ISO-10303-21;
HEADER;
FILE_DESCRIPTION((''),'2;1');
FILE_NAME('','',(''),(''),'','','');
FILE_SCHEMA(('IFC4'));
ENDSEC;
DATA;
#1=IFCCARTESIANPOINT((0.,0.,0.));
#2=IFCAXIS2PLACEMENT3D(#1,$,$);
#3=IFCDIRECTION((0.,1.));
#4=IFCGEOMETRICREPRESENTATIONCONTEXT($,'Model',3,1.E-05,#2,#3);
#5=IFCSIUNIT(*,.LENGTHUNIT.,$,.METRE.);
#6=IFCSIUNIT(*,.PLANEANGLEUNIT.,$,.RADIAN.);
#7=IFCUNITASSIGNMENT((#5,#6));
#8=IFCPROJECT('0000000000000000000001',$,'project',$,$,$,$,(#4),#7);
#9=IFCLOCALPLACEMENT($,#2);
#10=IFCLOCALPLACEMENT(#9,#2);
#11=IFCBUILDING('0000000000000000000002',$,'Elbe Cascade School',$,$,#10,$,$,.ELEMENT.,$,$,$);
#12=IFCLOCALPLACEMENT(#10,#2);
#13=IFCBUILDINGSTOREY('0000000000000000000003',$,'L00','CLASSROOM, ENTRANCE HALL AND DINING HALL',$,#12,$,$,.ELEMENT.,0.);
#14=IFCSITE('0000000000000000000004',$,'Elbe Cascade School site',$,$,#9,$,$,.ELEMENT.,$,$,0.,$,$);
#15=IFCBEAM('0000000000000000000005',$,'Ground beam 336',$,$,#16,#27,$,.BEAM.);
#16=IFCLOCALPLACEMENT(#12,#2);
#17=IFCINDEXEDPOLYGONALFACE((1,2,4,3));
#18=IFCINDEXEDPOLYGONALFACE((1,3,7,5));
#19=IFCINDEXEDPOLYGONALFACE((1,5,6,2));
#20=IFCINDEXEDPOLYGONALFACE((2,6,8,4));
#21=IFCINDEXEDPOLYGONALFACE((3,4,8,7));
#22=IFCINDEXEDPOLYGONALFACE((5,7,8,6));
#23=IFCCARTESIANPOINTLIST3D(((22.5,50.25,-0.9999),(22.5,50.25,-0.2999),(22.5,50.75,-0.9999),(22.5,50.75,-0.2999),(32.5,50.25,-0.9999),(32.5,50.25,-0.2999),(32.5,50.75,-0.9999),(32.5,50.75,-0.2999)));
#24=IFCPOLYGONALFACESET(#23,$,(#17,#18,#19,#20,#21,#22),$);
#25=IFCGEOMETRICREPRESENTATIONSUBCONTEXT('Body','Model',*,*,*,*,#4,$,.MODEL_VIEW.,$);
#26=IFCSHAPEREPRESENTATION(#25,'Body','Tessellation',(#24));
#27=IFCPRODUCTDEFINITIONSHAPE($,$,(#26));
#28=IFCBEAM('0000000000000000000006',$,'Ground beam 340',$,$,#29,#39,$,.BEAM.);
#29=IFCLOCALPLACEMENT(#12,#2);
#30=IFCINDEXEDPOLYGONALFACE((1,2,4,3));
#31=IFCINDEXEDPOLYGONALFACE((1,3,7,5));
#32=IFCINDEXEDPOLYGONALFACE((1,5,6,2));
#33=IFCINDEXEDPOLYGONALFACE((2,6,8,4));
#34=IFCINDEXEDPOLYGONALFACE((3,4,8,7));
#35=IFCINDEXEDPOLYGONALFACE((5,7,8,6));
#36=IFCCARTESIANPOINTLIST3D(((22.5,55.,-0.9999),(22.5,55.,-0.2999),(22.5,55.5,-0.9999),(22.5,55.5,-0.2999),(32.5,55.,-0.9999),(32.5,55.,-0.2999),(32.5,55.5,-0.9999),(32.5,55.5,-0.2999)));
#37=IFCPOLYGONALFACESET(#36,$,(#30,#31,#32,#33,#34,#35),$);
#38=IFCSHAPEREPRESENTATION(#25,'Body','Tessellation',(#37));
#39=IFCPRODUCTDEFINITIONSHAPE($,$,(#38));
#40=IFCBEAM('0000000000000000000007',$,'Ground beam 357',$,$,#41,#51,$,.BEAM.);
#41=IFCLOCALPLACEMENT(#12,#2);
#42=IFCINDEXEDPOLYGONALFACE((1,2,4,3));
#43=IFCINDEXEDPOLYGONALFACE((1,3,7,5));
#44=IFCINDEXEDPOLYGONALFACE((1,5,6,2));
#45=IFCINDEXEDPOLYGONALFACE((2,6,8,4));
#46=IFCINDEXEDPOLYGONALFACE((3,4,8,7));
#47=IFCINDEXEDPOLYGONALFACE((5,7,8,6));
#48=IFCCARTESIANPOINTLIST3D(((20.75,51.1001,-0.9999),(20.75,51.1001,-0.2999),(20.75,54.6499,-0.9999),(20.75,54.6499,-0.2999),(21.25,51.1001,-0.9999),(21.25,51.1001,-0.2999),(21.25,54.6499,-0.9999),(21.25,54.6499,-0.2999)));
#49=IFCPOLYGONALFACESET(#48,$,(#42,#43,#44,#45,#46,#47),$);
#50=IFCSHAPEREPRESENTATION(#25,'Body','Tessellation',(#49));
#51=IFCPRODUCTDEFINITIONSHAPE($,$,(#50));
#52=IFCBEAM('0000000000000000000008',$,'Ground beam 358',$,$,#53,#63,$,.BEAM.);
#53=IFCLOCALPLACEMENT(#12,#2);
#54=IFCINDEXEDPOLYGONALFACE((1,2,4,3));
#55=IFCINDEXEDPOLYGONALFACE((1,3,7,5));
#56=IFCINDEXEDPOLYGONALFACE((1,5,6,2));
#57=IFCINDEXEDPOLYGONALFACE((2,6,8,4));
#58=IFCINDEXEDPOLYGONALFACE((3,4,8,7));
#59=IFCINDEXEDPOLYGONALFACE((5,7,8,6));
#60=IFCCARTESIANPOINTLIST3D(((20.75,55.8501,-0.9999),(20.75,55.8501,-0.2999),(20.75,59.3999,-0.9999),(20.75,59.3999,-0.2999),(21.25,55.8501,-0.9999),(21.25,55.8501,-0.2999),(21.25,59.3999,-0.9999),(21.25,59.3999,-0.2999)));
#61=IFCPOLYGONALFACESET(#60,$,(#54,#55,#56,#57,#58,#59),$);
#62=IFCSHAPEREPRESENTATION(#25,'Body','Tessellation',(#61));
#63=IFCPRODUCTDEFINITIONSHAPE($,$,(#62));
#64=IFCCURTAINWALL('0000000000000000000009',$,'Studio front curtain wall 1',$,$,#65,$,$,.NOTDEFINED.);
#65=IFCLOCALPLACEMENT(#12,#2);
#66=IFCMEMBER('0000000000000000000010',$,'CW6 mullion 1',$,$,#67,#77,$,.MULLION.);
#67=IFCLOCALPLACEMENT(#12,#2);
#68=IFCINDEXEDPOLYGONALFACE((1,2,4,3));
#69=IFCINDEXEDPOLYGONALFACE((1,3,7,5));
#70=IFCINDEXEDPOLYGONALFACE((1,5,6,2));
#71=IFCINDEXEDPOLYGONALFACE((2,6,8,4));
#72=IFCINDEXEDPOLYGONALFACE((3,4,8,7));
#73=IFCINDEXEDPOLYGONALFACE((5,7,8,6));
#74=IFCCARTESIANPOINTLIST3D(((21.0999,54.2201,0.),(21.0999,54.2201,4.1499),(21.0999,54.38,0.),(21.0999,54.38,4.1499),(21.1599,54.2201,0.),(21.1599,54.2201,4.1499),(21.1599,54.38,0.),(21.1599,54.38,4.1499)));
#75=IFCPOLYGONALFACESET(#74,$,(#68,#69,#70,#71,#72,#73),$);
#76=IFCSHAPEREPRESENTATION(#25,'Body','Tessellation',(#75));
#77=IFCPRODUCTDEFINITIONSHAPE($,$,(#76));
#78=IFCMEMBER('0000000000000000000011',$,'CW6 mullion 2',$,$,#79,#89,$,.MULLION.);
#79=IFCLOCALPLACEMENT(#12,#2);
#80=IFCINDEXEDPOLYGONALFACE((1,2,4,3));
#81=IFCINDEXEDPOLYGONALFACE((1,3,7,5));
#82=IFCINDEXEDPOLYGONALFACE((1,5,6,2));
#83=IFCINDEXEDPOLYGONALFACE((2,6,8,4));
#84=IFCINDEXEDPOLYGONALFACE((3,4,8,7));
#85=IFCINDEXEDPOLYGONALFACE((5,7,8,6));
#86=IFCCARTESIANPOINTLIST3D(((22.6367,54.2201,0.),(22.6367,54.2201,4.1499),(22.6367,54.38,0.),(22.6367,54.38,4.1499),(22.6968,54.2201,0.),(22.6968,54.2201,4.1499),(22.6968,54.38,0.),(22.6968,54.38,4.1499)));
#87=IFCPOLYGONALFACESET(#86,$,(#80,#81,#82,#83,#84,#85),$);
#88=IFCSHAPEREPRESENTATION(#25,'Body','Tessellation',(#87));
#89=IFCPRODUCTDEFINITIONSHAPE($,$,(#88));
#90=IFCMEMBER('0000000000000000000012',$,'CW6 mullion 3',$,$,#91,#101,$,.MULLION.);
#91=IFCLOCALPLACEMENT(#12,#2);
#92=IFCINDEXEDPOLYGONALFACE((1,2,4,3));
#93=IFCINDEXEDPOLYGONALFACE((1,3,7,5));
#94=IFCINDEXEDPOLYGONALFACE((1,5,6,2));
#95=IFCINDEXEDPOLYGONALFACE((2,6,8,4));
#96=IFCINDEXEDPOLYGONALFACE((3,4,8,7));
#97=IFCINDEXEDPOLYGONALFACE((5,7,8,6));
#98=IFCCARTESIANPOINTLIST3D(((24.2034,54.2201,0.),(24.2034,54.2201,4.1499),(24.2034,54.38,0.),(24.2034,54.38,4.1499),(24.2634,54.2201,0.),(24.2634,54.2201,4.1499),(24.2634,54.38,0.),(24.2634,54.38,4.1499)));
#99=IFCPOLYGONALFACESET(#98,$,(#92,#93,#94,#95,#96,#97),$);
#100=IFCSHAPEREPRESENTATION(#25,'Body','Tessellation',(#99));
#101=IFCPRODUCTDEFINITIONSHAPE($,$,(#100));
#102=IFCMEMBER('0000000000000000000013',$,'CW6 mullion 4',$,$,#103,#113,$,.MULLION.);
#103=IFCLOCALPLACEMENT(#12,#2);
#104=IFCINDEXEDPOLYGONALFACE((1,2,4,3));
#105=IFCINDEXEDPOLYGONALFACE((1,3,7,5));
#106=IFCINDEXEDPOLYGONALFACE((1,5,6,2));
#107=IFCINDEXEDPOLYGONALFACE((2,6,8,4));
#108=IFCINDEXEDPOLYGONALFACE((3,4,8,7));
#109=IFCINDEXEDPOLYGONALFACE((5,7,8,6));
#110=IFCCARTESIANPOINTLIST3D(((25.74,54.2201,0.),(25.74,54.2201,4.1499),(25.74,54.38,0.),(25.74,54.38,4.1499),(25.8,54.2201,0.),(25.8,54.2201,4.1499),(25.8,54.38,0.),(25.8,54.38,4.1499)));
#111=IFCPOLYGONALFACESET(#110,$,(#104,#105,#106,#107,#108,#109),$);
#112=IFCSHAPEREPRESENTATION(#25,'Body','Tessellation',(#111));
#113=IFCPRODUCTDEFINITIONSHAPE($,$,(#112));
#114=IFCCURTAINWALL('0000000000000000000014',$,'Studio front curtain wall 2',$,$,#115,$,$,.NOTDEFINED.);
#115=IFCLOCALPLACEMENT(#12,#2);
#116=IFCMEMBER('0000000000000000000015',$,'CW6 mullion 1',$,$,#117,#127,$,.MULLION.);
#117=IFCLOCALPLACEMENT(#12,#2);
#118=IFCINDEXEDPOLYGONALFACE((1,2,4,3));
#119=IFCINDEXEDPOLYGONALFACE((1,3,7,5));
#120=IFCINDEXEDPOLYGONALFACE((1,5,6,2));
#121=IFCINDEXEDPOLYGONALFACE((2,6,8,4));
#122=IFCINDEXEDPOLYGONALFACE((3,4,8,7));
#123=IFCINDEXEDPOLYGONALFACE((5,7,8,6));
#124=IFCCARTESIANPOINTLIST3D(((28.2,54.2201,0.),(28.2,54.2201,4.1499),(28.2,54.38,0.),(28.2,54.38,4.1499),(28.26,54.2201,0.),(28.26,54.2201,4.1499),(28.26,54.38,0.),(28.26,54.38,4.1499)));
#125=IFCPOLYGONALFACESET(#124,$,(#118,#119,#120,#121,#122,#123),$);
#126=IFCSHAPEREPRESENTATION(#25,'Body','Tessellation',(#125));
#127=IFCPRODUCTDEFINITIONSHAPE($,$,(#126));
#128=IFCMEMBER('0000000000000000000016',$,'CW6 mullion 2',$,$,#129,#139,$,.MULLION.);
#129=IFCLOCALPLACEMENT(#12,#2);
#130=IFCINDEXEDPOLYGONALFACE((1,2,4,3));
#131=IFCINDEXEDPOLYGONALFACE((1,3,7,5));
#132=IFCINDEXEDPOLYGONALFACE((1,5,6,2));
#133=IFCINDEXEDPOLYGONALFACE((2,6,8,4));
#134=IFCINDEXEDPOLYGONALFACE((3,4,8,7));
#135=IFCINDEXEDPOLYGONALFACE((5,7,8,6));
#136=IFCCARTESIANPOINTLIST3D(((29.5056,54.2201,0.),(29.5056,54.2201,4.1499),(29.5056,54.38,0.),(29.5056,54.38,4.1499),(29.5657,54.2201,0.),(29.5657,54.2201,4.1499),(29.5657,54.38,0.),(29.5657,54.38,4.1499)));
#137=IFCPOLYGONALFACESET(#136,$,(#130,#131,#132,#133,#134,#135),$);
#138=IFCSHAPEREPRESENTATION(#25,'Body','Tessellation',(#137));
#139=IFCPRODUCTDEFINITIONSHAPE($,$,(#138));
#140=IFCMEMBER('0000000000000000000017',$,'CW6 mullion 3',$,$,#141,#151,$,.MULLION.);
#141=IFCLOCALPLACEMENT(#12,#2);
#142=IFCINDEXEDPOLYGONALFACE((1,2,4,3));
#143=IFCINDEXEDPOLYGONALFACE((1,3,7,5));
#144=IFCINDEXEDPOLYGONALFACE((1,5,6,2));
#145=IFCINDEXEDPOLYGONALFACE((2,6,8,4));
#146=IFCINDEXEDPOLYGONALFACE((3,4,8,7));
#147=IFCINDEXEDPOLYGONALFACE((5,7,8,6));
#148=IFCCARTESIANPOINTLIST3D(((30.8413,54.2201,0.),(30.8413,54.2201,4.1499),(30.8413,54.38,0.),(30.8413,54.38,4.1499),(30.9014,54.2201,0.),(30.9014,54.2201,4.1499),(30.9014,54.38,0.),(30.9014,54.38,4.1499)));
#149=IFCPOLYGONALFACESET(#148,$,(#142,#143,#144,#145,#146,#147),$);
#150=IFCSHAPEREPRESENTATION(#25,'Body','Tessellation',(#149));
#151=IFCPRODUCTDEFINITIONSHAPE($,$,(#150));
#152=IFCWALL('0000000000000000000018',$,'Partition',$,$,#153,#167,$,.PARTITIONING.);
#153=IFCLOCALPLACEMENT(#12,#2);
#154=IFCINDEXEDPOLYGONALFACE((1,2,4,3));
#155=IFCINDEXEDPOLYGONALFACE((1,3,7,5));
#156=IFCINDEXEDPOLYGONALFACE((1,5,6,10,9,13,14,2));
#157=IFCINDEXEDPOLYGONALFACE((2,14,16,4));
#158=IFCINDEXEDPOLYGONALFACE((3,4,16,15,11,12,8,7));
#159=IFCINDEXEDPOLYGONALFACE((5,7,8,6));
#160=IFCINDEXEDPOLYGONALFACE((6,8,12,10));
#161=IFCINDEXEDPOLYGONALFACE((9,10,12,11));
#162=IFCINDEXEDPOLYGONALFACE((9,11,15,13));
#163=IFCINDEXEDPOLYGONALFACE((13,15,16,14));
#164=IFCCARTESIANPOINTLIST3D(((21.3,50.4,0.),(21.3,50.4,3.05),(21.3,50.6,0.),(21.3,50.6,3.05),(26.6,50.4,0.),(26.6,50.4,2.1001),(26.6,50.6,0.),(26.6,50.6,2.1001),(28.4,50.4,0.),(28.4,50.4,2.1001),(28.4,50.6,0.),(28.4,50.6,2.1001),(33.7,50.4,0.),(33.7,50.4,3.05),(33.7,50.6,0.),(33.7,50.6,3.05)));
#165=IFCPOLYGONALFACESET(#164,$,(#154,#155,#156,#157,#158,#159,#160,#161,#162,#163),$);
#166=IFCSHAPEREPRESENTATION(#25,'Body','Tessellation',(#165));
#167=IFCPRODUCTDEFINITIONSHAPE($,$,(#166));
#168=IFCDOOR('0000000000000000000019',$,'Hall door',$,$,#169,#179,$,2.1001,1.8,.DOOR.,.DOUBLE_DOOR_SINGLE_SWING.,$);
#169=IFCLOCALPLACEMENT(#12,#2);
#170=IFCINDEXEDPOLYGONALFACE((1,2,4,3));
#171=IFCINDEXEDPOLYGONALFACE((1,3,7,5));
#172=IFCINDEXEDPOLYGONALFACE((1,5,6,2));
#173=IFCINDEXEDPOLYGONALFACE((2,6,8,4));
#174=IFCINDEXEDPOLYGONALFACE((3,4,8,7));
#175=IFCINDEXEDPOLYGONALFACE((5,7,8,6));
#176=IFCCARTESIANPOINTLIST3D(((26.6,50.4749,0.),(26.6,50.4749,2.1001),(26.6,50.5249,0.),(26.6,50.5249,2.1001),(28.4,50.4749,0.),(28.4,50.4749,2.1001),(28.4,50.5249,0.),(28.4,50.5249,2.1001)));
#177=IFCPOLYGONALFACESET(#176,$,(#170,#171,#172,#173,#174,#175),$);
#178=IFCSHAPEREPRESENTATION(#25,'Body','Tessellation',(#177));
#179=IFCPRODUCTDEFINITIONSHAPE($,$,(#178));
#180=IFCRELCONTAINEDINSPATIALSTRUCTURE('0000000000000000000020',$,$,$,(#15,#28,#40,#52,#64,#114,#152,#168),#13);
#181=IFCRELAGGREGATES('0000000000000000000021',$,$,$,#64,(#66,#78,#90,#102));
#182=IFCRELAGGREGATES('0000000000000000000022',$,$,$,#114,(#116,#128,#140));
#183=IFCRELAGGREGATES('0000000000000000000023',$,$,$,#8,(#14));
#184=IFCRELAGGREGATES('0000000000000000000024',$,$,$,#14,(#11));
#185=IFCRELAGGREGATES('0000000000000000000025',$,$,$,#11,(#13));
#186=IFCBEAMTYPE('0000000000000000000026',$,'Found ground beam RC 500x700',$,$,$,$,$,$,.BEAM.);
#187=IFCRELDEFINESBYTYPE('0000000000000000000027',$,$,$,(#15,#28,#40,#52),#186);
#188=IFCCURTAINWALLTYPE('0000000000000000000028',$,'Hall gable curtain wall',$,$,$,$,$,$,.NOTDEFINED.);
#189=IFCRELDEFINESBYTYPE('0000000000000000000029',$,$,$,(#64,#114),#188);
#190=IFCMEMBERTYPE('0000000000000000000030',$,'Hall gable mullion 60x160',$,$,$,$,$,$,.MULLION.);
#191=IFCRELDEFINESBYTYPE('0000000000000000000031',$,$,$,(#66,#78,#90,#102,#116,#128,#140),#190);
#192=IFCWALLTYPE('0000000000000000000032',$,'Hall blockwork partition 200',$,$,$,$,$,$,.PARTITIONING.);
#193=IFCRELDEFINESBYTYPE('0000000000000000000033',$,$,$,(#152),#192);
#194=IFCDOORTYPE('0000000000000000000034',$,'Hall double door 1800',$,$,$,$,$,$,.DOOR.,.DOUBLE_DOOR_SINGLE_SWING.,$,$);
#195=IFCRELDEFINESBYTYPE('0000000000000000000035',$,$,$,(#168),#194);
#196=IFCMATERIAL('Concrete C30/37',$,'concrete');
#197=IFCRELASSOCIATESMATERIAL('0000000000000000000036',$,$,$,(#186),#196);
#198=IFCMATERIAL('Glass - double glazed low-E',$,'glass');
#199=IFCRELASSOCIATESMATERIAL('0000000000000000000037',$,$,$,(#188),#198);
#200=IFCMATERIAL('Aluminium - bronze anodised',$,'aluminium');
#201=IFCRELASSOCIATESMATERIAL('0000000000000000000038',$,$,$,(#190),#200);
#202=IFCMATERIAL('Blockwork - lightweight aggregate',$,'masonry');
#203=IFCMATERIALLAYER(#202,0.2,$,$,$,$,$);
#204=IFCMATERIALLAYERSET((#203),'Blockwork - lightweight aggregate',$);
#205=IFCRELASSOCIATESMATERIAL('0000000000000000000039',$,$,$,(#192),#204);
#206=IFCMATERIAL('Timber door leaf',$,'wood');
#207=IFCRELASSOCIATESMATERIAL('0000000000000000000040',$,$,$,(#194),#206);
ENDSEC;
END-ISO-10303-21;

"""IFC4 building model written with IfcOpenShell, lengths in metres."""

from ifc_helpers import new_model, si_unit, direction, frame, frame_2d, origin, origin_2d, place, context, subcontext, project, spatial, rectangle, extrude, material, layer, layer_set, material_profile, profile_set, type_object, element, fill, aggregate, save


model = new_model("IFC4")

# Units and contexts
model_context = context("Model", 3, precision=1e-05, world=origin(), true_north=direction((0.0, 1.0)))
body_context = subcontext(model_context, "Body", "Model", "MODEL_VIEW")
ifc_project = project(units=[si_unit("LENGTHUNIT", "METRE"), si_unit("PLANEANGLEUNIT", "RADIAN")], contexts=[model_context])

# Site, building, storey
site_placement = place(None, origin())
site = spatial("IfcSite", under=ifc_project, at=site_placement, Name="Elbe Cascade School site", CompositionType="ELEMENT", RefElevation=0.0)
building_placement = place(site_placement, origin())
building = spatial("IfcBuilding", under=site, at=building_placement, Name="Elbe Cascade School", CompositionType="ELEMENT")
storey_placement = place(building_placement, origin())
storey = spatial("IfcBuildingStorey", under=building, at=storey_placement, Name="L00", Description="CLASSROOM, ENTRANCE HALL AND DINING HALL", CompositionType="ELEMENT", Elevation=0.0)

# Beams
ifc_material_1 = material(Name="Concrete C30/37", Category="concrete")
ifc_material_profile_1 = material_profile(ifc_material_1, rectangle(XDim=0.5, YDim=0.7, at=origin_2d()), Name="RC 500x700")
ifc_profile_set_1 = profile_set([ifc_material_profile_1], Name="Concrete C30/37")
beam_type = type_object("IfcBeamType", Name="Found ground beam RC 500x700", PredefinedType="BEAM", material=ifc_profile_set_1)
for number, where, z_axis, x_axis, name in (
    (1, (22.5, 50.5, -0.6499), (1.0, 0.0, 0.0), (0.0, 1.0, 0.0), "Ground beam 336"),
    (2, (22.5, 55.25, -0.6499), (1.0, 0.0, 0.0), (0.0, 1.0, 0.0), "Ground beam 340"),
):
    element("IfcBeam", number, at=place(storey_placement, frame(where, z_axis=z_axis, x_axis=x_axis)), inside=storey, type_object=beam_type, Name=name, PredefinedType="BEAM", context=body_context, shape_type="SweptSolid", body=[
        extrude(rectangle(XDim=0.5, YDim=0.7, at=origin_2d()), origin(), (0.0, 0.0, 1.0), 10.0),
    ])
for number, where, z_axis, x_axis, name in (
    (3, (21.0, 51.1001, -0.6499), (0.0, 1.0, 0.0), (-1.0, 0.0, 0.0), "Ground beam 357"),
    (4, (21.0, 55.8501, -0.6499), (0.0, 1.0, 0.0), (-1.0, 0.0, 0.0), "Ground beam 358"),
):
    element("IfcBeam", number, at=place(storey_placement, frame(where, z_axis=z_axis, x_axis=x_axis)), inside=storey, type_object=beam_type, Name=name, PredefinedType="BEAM", context=body_context, shape_type="SweptSolid", body=[
        extrude(rectangle(XDim=0.5, YDim=0.7, at=origin_2d()), origin(), (0.0, 0.0, 1.0), 3.5498),
    ])

# Curtain walls, members
ifc_material_2 = material(Name="Glass - double glazed low-E", Category="glass")
curtain_wall_type = type_object("IfcCurtainWallType", Name="Hall gable curtain wall", PredefinedType="NOTDEFINED", material=ifc_material_2)
curtain_wall_1_placement = place(storey_placement, origin())
curtain_wall_1 = element("IfcCurtainWall", 5, at=curtain_wall_1_placement, inside=storey, type_object=curtain_wall_type, Name="Studio front curtain wall 1", PredefinedType="NOTDEFINED")
ifc_material_3 = material(Name="Aluminium - bronze anodised", Category="aluminium")
ifc_material_profile_2 = material_profile(ifc_material_3, rectangle(XDim=0.1599, YDim=0.0601, at=origin_2d()), Name="Alu 60x160")
ifc_profile_set_2 = profile_set([ifc_material_profile_2], Name="Aluminium - bronze anodised")
member_type = type_object("IfcMemberType", Name="Hall gable mullion 60x160", PredefinedType="MULLION", material=ifc_profile_set_2)
member_1_placement = place(storey_placement, frame((21.1299, 54.3, 0.0), z_axis=(0.0, 0.0, 1.0), x_axis=(0.0, 1.0, 0.0)))
member_1 = element("IfcMember", 6, at=member_1_placement, type_object=member_type, Name="CW6 mullion 1", PredefinedType="MULLION", context=body_context, shape_type="SweptSolid", body=[
    extrude(rectangle(XDim=0.1599, YDim=0.0601, at=origin_2d()), origin(), (0.0, 0.0, 1.0), 4.1499),
])
member_2_placement = place(storey_placement, frame((22.6667, 54.3, 0.0), z_axis=(0.0, 0.0, 1.0), x_axis=(0.0, 1.0, 0.0)))
member_2 = element("IfcMember", 7, at=member_2_placement, type_object=member_type, Name="CW6 mullion 2", PredefinedType="MULLION", context=body_context, shape_type="SweptSolid", body=[
    extrude(rectangle(XDim=0.1599, YDim=0.0601, at=origin_2d()), origin(), (0.0, 0.0, 1.0), 4.1499),
])
member_3_placement = place(storey_placement, frame((24.2334, 54.3, 0.0), z_axis=(0.0, 0.0, 1.0), x_axis=(0.0, 1.0, 0.0)))
member_3 = element("IfcMember", 8, at=member_3_placement, type_object=member_type, Name="CW6 mullion 3", PredefinedType="MULLION", context=body_context, shape_type="SweptSolid", body=[
    extrude(rectangle(XDim=0.1599, YDim=0.0601, at=origin_2d()), origin(), (0.0, 0.0, 1.0), 4.1499),
])
member_4_placement = place(storey_placement, frame((25.77, 54.3, 0.0), z_axis=(0.0, 0.0, 1.0), x_axis=(0.0, 1.0, 0.0)))
member_4 = element("IfcMember", 9, at=member_4_placement, type_object=member_type, Name="CW6 mullion 4", PredefinedType="MULLION", context=body_context, shape_type="SweptSolid", body=[
    extrude(rectangle(XDim=0.1599, YDim=0.0601, at=origin_2d()), origin(), (0.0, 0.0, 1.0), 4.1499),
])
aggregate(curtain_wall_1, [member_1, member_2, member_3, member_4])
curtain_wall_2_placement = place(storey_placement, origin())
curtain_wall_2 = element("IfcCurtainWall", 10, at=curtain_wall_2_placement, inside=storey, type_object=curtain_wall_type, Name="Studio front curtain wall 2", PredefinedType="NOTDEFINED")
member_5_placement = place(storey_placement, frame((28.23, 54.3, 0.0), z_axis=(0.0, 0.0, 1.0), x_axis=(0.0, 1.0, 0.0)))
member_5 = element("IfcMember", 11, at=member_5_placement, type_object=member_type, Name="CW6 mullion 1", PredefinedType="MULLION", context=body_context, shape_type="SweptSolid", body=[
    extrude(rectangle(XDim=0.1599, YDim=0.0601, at=origin_2d()), origin(), (0.0, 0.0, 1.0), 4.1499),
])
member_6_placement = place(storey_placement, frame((29.5356, 54.3, 0.0), z_axis=(0.0, 0.0, 1.0), x_axis=(0.0, 1.0, 0.0)))
member_6 = element("IfcMember", 12, at=member_6_placement, type_object=member_type, Name="CW6 mullion 2", PredefinedType="MULLION", context=body_context, shape_type="SweptSolid", body=[
    extrude(rectangle(XDim=0.1599, YDim=0.0601, at=origin_2d()), origin(), (0.0, 0.0, 1.0), 4.1499),
])
member_7_placement = place(storey_placement, frame((30.8713, 54.3, 0.0), z_axis=(0.0, 0.0, 1.0), x_axis=(0.0, 1.0, 0.0)))
member_7 = element("IfcMember", 13, at=member_7_placement, type_object=member_type, Name="CW6 mullion 3", PredefinedType="MULLION", context=body_context, shape_type="SweptSolid", body=[
    extrude(rectangle(XDim=0.1599, YDim=0.0601, at=origin_2d()), origin(), (0.0, 0.0, 1.0), 4.1499),
])
aggregate(curtain_wall_2, [member_5, member_6, member_7])

# Wall, opening, door
ifc_material_4 = material(Name="Blockwork - lightweight aggregate", Category="masonry")
ifc_layer = layer(ifc_material_4, 0.2)
ifc_layer_set = layer_set([ifc_layer], Name="Blockwork - lightweight aggregate")
wall_type = type_object("IfcWallType", Name="Hall blockwork partition 200", PredefinedType="PARTITIONING", material=ifc_layer_set)
wall_1_placement = place(storey_placement, frame((21.3, 50.5, 0.0), z_axis=(0.0, 0.0, 1.0), x_axis=(1.0, 0.0, 0.0)))
wall_1 = element("IfcWall", 14, at=wall_1_placement, inside=storey, type_object=wall_type, Name="Partition", PredefinedType="PARTITIONING", context=body_context, shape_type="SweptSolid", body=[
    extrude(rectangle(XDim=12.3999, YDim=0.2, at=frame_2d((6.2, 0.0))), origin(), (0.0, 0.0, 1.0), 3.05),
])
opening_1_placement = place(wall_1_placement, frame((5.3, 0.0, 0.0)))
opening_1 = element("IfcOpeningElement", 15, at=opening_1_placement, cuts=wall_1, PredefinedType="OPENING", context=body_context, shape_type="SweptSolid", body=[
    extrude(rectangle(XDim=1.8, YDim=2.1001, at=frame_2d((0.8999, 1.05))), frame((0.0, 0.1099, 0.0), z_axis=(0.0, -1.0, 0.0), x_axis=(1.0, 0.0, 0.0)), (0.0, 0.0, 1.0), 0.22),
])
ifc_material_5 = material(Name="Timber door leaf", Category="wood")
door_type = type_object("IfcDoorType", Name="Hall double door 1800", OperationType="DOUBLE_DOOR_SINGLE_SWING", PredefinedType="DOOR", material=ifc_material_5)
door_1_placement = place(opening_1_placement, origin())
door_1 = element("IfcDoor", 16, at=door_1_placement, inside=storey, type_object=door_type, Name="Hall door", OperationType="DOUBLE_DOOR_SINGLE_SWING", OverallHeight=2.1001, OverallWidth=1.8, PredefinedType="DOOR", context=body_context, shape_type="SweptSolid", body=[
    extrude(rectangle(XDim=1.8, YDim=2.1001, at=frame_2d((0.8999, 1.05))), frame((0.0, 0.0249, 0.0), z_axis=(0.0, -1.0, 0.0), x_axis=(1.0, 0.0, 0.0)), (0.0, 0.0, 1.0), 0.05),
])
fill(opening_1, door_1)

save(model, "model.ifc")
